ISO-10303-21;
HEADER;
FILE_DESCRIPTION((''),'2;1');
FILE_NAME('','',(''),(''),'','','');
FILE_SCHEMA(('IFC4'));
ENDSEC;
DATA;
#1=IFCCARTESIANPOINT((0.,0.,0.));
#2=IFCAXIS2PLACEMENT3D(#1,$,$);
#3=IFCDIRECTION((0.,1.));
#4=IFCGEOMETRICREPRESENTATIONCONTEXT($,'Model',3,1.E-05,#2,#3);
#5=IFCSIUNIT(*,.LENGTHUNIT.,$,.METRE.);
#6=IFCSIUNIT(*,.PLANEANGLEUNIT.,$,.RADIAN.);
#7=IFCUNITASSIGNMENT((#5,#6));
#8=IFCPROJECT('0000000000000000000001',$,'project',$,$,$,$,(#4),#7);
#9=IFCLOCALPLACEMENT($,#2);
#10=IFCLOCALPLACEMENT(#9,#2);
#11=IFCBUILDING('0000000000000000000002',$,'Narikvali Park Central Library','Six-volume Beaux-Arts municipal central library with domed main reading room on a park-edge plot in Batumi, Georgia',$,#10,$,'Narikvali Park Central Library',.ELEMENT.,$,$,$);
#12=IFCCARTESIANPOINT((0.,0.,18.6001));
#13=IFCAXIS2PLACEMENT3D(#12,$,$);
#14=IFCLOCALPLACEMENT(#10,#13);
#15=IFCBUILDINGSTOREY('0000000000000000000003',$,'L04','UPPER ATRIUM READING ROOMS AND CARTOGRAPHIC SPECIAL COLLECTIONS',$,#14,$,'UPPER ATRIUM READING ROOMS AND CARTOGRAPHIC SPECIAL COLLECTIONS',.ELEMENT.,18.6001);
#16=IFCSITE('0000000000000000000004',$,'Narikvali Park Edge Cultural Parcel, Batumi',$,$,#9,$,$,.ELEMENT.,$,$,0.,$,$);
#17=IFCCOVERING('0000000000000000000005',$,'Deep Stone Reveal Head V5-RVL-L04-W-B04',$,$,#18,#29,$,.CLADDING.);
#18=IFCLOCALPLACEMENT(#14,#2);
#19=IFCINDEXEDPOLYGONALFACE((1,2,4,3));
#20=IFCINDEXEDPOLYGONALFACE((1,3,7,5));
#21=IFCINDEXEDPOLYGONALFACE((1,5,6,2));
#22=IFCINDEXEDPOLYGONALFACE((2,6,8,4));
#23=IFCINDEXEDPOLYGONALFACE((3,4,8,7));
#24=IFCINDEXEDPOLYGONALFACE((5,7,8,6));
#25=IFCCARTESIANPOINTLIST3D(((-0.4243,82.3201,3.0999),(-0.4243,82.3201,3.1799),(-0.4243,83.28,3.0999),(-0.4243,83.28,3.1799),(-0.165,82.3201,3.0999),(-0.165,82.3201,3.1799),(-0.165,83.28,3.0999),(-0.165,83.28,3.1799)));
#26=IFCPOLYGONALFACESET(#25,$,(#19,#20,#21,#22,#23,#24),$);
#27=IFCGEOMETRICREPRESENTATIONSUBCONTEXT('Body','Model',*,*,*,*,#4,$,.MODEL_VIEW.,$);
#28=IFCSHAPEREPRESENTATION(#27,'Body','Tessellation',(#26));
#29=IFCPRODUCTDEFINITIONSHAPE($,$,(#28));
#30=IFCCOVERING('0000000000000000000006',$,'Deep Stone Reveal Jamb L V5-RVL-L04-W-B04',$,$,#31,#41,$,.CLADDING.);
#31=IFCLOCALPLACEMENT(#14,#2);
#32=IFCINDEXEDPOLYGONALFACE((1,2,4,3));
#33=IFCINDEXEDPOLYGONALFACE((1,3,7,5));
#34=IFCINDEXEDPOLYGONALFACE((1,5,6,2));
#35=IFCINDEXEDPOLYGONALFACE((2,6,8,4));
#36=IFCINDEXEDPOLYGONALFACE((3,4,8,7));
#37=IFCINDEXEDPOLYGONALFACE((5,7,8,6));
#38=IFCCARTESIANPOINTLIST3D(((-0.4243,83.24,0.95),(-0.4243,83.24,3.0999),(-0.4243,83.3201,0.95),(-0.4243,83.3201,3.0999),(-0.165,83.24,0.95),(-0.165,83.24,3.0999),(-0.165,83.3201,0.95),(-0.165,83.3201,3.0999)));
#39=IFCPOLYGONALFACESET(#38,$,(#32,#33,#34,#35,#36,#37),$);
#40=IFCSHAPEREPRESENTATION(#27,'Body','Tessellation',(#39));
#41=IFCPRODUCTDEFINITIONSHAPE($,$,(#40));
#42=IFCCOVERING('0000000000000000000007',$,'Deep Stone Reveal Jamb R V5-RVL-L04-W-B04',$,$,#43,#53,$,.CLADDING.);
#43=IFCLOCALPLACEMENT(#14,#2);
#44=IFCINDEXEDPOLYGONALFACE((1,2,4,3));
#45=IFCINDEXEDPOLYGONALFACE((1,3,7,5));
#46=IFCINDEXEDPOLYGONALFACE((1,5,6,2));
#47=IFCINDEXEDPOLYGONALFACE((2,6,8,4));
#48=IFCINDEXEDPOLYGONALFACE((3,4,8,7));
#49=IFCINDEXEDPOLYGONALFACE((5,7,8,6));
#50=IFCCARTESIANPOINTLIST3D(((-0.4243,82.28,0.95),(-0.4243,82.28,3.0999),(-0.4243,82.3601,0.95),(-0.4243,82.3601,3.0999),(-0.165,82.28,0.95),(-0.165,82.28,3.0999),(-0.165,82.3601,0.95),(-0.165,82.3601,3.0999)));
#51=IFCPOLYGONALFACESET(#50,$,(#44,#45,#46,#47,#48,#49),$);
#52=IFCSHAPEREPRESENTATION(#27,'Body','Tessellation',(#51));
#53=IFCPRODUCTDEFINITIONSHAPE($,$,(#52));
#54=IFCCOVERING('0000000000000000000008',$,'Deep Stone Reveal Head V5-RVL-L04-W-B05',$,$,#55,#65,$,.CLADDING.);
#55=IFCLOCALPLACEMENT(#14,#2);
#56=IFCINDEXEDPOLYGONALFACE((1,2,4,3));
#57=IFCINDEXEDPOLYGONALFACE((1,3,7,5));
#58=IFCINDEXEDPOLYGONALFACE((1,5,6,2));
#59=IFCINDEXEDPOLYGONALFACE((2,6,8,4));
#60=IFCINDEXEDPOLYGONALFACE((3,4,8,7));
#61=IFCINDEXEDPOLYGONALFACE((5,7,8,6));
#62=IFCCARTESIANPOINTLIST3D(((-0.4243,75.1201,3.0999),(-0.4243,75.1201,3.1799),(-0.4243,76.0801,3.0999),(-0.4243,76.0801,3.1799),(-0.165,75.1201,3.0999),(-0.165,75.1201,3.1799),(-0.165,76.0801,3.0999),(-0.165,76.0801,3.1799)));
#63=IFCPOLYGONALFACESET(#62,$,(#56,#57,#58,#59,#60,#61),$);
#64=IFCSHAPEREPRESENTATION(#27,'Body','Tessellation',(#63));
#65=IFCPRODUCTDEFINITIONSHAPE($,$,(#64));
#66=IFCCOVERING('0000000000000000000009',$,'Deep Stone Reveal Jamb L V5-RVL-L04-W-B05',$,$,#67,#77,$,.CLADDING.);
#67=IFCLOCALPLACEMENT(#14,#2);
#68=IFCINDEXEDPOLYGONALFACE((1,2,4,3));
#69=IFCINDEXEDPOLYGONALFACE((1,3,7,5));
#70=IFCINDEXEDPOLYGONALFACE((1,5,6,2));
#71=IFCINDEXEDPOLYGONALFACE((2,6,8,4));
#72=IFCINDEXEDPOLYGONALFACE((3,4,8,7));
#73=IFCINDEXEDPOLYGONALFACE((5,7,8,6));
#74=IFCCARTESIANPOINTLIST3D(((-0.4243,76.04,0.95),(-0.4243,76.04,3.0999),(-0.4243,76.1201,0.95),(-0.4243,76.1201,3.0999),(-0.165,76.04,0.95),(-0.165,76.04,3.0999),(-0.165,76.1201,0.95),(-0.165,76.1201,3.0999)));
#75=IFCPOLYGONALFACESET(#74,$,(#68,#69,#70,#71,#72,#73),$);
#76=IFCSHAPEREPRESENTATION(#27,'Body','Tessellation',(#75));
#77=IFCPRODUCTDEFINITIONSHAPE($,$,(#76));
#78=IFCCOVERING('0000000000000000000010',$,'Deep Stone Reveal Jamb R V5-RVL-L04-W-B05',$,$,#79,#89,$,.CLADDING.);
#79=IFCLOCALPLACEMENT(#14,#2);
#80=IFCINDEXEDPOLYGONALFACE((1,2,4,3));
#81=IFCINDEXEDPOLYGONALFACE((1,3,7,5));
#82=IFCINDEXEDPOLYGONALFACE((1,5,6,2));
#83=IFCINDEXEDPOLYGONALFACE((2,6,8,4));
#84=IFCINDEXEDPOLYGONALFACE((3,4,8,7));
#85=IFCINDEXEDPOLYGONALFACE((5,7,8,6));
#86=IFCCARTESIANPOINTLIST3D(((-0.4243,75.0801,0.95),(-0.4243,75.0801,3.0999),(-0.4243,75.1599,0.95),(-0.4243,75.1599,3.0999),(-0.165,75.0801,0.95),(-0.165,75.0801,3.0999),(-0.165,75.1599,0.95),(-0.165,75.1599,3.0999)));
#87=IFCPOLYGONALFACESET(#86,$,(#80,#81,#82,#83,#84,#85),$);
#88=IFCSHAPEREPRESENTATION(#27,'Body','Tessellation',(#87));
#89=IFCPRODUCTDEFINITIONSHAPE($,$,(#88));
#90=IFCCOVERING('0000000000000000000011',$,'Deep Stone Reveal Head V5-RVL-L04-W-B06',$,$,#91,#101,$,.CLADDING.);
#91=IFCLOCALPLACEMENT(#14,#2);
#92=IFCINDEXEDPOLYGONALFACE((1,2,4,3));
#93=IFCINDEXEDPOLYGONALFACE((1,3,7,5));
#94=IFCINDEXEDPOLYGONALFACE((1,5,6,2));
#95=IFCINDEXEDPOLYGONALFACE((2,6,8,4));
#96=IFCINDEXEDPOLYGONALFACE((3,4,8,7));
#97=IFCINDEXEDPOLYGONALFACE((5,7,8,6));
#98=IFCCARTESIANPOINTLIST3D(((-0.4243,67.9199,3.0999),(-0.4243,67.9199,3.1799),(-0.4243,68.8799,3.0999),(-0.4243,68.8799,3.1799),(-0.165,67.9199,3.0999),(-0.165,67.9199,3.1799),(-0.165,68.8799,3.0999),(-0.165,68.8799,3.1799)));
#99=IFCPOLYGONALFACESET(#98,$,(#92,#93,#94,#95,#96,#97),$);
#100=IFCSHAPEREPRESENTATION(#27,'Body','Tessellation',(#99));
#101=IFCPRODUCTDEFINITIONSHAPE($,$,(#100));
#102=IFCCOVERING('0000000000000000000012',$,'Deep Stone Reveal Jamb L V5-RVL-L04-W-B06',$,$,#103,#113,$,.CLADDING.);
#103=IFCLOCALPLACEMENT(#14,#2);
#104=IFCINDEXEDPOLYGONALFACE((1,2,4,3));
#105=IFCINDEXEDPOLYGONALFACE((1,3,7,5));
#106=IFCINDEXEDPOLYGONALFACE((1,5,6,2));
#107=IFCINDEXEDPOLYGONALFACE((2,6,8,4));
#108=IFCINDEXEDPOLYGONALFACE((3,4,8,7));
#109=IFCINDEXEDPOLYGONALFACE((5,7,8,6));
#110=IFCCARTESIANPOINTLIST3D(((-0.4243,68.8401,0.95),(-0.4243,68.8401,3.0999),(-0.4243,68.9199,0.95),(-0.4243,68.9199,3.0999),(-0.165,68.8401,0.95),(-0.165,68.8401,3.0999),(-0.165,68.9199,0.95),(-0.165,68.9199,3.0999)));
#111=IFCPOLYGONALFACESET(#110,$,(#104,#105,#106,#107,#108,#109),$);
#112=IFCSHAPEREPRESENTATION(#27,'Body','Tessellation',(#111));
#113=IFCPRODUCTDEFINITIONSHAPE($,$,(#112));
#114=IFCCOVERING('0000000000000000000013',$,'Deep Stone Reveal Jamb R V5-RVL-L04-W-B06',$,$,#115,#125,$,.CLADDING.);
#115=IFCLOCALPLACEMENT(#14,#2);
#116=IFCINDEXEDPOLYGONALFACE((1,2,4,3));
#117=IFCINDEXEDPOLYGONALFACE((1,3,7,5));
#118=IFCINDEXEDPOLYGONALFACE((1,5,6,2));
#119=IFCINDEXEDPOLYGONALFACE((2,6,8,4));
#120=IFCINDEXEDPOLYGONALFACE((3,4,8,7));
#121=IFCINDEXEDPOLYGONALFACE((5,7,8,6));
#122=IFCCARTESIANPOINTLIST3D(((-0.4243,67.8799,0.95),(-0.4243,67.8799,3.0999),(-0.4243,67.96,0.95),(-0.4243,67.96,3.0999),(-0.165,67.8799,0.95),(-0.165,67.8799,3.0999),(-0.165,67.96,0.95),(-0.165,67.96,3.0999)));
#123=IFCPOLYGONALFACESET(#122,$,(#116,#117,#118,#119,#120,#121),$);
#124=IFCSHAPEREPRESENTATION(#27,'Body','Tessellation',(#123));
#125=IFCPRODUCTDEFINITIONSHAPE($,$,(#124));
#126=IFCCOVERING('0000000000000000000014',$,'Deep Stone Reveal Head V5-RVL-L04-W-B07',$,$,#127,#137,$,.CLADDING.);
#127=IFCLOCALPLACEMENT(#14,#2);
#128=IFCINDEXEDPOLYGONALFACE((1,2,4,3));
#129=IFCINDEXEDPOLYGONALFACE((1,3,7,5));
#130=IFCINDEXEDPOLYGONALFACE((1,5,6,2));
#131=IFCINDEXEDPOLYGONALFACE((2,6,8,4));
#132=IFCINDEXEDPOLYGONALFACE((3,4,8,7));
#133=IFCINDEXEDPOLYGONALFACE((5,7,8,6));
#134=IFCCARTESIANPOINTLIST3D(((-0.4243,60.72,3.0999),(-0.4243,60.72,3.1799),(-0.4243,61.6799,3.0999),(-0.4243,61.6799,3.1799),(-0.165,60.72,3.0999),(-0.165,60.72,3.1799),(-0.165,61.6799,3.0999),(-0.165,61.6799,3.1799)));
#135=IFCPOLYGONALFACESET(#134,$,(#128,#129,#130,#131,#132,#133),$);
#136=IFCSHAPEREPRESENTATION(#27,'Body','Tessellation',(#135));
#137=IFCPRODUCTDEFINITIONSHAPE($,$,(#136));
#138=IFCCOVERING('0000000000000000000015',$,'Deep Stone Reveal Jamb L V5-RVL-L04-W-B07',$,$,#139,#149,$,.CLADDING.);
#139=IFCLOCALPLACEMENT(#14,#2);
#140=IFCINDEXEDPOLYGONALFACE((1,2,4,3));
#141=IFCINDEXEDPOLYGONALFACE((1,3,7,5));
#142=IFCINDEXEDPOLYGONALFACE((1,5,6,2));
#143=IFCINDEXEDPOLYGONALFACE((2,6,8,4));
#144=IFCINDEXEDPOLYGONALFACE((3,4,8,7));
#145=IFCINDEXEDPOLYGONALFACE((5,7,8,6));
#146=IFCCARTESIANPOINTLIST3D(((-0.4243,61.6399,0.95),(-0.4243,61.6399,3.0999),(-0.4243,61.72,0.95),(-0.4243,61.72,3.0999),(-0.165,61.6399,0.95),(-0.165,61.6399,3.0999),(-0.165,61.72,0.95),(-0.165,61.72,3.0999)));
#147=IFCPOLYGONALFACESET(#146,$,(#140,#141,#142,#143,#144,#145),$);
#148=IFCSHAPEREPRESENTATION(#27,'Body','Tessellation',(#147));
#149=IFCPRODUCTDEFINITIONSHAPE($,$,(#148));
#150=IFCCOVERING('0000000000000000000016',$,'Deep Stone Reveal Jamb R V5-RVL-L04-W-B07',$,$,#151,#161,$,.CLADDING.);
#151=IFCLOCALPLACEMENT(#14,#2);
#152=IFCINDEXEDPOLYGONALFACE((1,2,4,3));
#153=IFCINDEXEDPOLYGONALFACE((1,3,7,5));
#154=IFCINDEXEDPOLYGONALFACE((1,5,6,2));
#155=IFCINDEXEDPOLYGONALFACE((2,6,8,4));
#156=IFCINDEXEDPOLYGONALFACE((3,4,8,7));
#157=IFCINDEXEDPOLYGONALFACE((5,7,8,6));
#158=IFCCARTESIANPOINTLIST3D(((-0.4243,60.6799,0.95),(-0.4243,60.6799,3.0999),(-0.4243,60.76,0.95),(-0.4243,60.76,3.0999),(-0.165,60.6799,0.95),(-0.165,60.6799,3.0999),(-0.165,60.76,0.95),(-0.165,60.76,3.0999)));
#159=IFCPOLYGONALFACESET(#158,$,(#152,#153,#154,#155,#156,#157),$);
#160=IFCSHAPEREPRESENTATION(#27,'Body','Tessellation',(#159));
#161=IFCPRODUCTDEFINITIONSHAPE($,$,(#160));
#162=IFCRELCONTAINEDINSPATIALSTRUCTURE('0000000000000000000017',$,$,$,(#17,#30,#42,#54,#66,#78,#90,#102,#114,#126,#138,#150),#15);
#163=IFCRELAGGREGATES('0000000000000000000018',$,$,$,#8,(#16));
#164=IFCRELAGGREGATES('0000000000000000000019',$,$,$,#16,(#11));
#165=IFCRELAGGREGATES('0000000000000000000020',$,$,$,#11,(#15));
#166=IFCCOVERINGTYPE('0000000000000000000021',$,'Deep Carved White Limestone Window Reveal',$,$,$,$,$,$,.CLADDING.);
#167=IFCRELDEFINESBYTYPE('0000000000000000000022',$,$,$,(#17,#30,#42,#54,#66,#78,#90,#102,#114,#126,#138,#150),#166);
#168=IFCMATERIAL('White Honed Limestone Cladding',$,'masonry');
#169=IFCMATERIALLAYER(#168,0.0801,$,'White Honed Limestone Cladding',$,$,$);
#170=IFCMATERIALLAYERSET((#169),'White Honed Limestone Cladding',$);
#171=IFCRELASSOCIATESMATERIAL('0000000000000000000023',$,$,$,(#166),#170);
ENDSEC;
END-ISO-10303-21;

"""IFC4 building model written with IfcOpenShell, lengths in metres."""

from ifc_helpers import new_model, si_unit, direction, frame, origin, place, context, subcontext, project, spatial, polyline, outline, extrude, material, layer, layer_set, type_object, element, save


model = new_model("IFC4")

# Units and contexts
model_context = context("Model", 3, precision=1e-05, world=origin(), true_north=direction((0.0, 1.0)))
body_context = subcontext(model_context, "Body", "Model", "MODEL_VIEW")
ifc_project = project(units=[si_unit("LENGTHUNIT", "METRE"), si_unit("PLANEANGLEUNIT", "RADIAN")], contexts=[model_context])

# Site, building, storey
site_placement = place(None, origin())
site = spatial("IfcSite", under=ifc_project, at=site_placement, Name="Narikvali Park Edge Cultural Parcel, Batumi", CompositionType="ELEMENT", RefElevation=0.0)
building_placement = place(site_placement, origin())
building = spatial("IfcBuilding", under=site, at=building_placement, Name="Narikvali Park Central Library", Description="Six-volume Beaux-Arts municipal central library with domed main reading room on a park-edge plot in Batumi, Georgia", LongName="Narikvali Park Central Library", CompositionType="ELEMENT")
storey_placement = place(building_placement, frame((0.0, 0.0, 18.6001)))
storey = spatial("IfcBuildingStorey", under=building, at=storey_placement, Name="L04", Description="UPPER ATRIUM READING ROOMS AND CARTOGRAPHIC SPECIAL COLLECTIONS", LongName="UPPER ATRIUM READING ROOMS AND CARTOGRAPHIC SPECIAL COLLECTIONS", CompositionType="ELEMENT", Elevation=18.6001)

# Coverings
ifc_material = material(Name="White Honed Limestone Cladding", Category="masonry")
ifc_layer = layer(ifc_material, 0.0801, Name="White Honed Limestone Cladding")
ifc_layer_set = layer_set([ifc_layer], Name="White Honed Limestone Cladding")
covering_type = type_object("IfcCoveringType", Name="Deep Carved White Limestone Window Reveal", PredefinedType="CLADDING", material=ifc_layer_set)
covering_1_placement = place(storey_placement, frame((0.0, 0.0, 3.0999)))
element("IfcCovering", 1, at=covering_1_placement, inside=storey, type_object=covering_type, Name="Deep Stone Reveal Head V5-RVL-L04-W-B04", PredefinedType="CLADDING", context=body_context, shape_type="SweptSolid", body=[
    extrude(outline(polyline([(-0.165, 83.28), (-0.165, 82.3201), (-0.4243, 82.3201), (-0.4243, 83.28), (-0.165, 83.28)])), origin(), (0.0, 0.0, 1.0), 0.0801),
])
covering_2_placement = place(storey_placement, frame((0.0, 0.0, 0.95)))
element("IfcCovering", 2, at=covering_2_placement, inside=storey, type_object=covering_type, Name="Deep Stone Reveal Jamb L V5-RVL-L04-W-B04", PredefinedType="CLADDING", context=body_context, shape_type="SweptSolid", body=[
    extrude(outline(polyline([(-0.165, 83.3201), (-0.165, 83.24), (-0.4243, 83.24), (-0.4243, 83.3201), (-0.165, 83.3201)])), origin(), (0.0, 0.0, 1.0), 2.1499),
])
covering_3_placement = place(storey_placement, frame((0.0, 0.0, 0.95)))
element("IfcCovering", 3, at=covering_3_placement, inside=storey, type_object=covering_type, Name="Deep Stone Reveal Jamb R V5-RVL-L04-W-B04", PredefinedType="CLADDING", context=body_context, shape_type="SweptSolid", body=[
    extrude(outline(polyline([(-0.165, 82.3601), (-0.165, 82.28), (-0.4243, 82.28), (-0.4243, 82.3601), (-0.165, 82.3601)])), origin(), (0.0, 0.0, 1.0), 2.1499),
])
covering_4_placement = place(storey_placement, frame((0.0, 0.0, 3.0999)))
element("IfcCovering", 4, at=covering_4_placement, inside=storey, type_object=covering_type, Name="Deep Stone Reveal Head V5-RVL-L04-W-B05", PredefinedType="CLADDING", context=body_context, shape_type="SweptSolid", body=[
    extrude(outline(polyline([(-0.165, 76.0801), (-0.165, 75.1201), (-0.4243, 75.1201), (-0.4243, 76.0801), (-0.165, 76.0801)])), origin(), (0.0, 0.0, 1.0), 0.0801),
])
covering_5_placement = place(storey_placement, frame((0.0, 0.0, 0.95)))
element("IfcCovering", 5, at=covering_5_placement, inside=storey, type_object=covering_type, Name="Deep Stone Reveal Jamb L V5-RVL-L04-W-B05", PredefinedType="CLADDING", context=body_context, shape_type="SweptSolid", body=[
    extrude(outline(polyline([(-0.165, 76.1201), (-0.165, 76.04), (-0.4243, 76.04), (-0.4243, 76.1201), (-0.165, 76.1201)])), origin(), (0.0, 0.0, 1.0), 2.1499),
])
covering_6_placement = place(storey_placement, frame((0.0, 0.0, 0.95)))
element("IfcCovering", 6, at=covering_6_placement, inside=storey, type_object=covering_type, Name="Deep Stone Reveal Jamb R V5-RVL-L04-W-B05", PredefinedType="CLADDING", context=body_context, shape_type="SweptSolid", body=[
    extrude(outline(polyline([(-0.165, 75.1599), (-0.165, 75.0801), (-0.4243, 75.0801), (-0.4243, 75.1599), (-0.165, 75.1599)])), origin(), (0.0, 0.0, 1.0), 2.1499),
])
covering_7_placement = place(storey_placement, frame((0.0, 0.0, 3.0999)))
element("IfcCovering", 7, at=covering_7_placement, inside=storey, type_object=covering_type, Name="Deep Stone Reveal Head V5-RVL-L04-W-B06", PredefinedType="CLADDING", context=body_context, shape_type="SweptSolid", body=[
    extrude(outline(polyline([(-0.165, 68.8799), (-0.165, 67.9199), (-0.4243, 67.9199), (-0.4243, 68.8799), (-0.165, 68.8799)])), origin(), (0.0, 0.0, 1.0), 0.0801),
])
covering_8_placement = place(storey_placement, frame((0.0, 0.0, 0.95)))
element("IfcCovering", 8, at=covering_8_placement, inside=storey, type_object=covering_type, Name="Deep Stone Reveal Jamb L V5-RVL-L04-W-B06", PredefinedType="CLADDING", context=body_context, shape_type="SweptSolid", body=[
    extrude(outline(polyline([(-0.165, 68.9199), (-0.165, 68.8401), (-0.4243, 68.8401), (-0.4243, 68.9199), (-0.165, 68.9199)])), origin(), (0.0, 0.0, 1.0), 2.1499),
])
covering_9_placement = place(storey_placement, frame((0.0, 0.0, 0.95)))
element("IfcCovering", 9, at=covering_9_placement, inside=storey, type_object=covering_type, Name="Deep Stone Reveal Jamb R V5-RVL-L04-W-B06", PredefinedType="CLADDING", context=body_context, shape_type="SweptSolid", body=[
    extrude(outline(polyline([(-0.165, 67.96), (-0.165, 67.8799), (-0.4243, 67.8799), (-0.4243, 67.96), (-0.165, 67.96)])), origin(), (0.0, 0.0, 1.0), 2.1499),
])
covering_10_placement = place(storey_placement, frame((0.0, 0.0, 3.0999)))
element("IfcCovering", 10, at=covering_10_placement, inside=storey, type_object=covering_type, Name="Deep Stone Reveal Head V5-RVL-L04-W-B07", PredefinedType="CLADDING", context=body_context, shape_type="SweptSolid", body=[
    extrude(outline(polyline([(-0.165, 61.6799), (-0.165, 60.72), (-0.4243, 60.72), (-0.4243, 61.6799), (-0.165, 61.6799)])), origin(), (0.0, 0.0, 1.0), 0.0801),
])
covering_11_placement = place(storey_placement, frame((0.0, 0.0, 0.95)))
element("IfcCovering", 11, at=covering_11_placement, inside=storey, type_object=covering_type, Name="Deep Stone Reveal Jamb L V5-RVL-L04-W-B07", PredefinedType="CLADDING", context=body_context, shape_type="SweptSolid", body=[
    extrude(outline(polyline([(-0.165, 61.72), (-0.165, 61.6399), (-0.4243, 61.6399), (-0.4243, 61.72), (-0.165, 61.72)])), origin(), (0.0, 0.0, 1.0), 2.1499),
])
covering_12_placement = place(storey_placement, frame((0.0, 0.0, 0.95)))
element("IfcCovering", 12, at=covering_12_placement, inside=storey, type_object=covering_type, Name="Deep Stone Reveal Jamb R V5-RVL-L04-W-B07", PredefinedType="CLADDING", context=body_context, shape_type="SweptSolid", body=[
    extrude(outline(polyline([(-0.165, 60.76), (-0.165, 60.6799), (-0.4243, 60.6799), (-0.4243, 60.76), (-0.165, 60.76)])), origin(), (0.0, 0.0, 1.0), 2.1499),
])

save(model, "model.ifc")
